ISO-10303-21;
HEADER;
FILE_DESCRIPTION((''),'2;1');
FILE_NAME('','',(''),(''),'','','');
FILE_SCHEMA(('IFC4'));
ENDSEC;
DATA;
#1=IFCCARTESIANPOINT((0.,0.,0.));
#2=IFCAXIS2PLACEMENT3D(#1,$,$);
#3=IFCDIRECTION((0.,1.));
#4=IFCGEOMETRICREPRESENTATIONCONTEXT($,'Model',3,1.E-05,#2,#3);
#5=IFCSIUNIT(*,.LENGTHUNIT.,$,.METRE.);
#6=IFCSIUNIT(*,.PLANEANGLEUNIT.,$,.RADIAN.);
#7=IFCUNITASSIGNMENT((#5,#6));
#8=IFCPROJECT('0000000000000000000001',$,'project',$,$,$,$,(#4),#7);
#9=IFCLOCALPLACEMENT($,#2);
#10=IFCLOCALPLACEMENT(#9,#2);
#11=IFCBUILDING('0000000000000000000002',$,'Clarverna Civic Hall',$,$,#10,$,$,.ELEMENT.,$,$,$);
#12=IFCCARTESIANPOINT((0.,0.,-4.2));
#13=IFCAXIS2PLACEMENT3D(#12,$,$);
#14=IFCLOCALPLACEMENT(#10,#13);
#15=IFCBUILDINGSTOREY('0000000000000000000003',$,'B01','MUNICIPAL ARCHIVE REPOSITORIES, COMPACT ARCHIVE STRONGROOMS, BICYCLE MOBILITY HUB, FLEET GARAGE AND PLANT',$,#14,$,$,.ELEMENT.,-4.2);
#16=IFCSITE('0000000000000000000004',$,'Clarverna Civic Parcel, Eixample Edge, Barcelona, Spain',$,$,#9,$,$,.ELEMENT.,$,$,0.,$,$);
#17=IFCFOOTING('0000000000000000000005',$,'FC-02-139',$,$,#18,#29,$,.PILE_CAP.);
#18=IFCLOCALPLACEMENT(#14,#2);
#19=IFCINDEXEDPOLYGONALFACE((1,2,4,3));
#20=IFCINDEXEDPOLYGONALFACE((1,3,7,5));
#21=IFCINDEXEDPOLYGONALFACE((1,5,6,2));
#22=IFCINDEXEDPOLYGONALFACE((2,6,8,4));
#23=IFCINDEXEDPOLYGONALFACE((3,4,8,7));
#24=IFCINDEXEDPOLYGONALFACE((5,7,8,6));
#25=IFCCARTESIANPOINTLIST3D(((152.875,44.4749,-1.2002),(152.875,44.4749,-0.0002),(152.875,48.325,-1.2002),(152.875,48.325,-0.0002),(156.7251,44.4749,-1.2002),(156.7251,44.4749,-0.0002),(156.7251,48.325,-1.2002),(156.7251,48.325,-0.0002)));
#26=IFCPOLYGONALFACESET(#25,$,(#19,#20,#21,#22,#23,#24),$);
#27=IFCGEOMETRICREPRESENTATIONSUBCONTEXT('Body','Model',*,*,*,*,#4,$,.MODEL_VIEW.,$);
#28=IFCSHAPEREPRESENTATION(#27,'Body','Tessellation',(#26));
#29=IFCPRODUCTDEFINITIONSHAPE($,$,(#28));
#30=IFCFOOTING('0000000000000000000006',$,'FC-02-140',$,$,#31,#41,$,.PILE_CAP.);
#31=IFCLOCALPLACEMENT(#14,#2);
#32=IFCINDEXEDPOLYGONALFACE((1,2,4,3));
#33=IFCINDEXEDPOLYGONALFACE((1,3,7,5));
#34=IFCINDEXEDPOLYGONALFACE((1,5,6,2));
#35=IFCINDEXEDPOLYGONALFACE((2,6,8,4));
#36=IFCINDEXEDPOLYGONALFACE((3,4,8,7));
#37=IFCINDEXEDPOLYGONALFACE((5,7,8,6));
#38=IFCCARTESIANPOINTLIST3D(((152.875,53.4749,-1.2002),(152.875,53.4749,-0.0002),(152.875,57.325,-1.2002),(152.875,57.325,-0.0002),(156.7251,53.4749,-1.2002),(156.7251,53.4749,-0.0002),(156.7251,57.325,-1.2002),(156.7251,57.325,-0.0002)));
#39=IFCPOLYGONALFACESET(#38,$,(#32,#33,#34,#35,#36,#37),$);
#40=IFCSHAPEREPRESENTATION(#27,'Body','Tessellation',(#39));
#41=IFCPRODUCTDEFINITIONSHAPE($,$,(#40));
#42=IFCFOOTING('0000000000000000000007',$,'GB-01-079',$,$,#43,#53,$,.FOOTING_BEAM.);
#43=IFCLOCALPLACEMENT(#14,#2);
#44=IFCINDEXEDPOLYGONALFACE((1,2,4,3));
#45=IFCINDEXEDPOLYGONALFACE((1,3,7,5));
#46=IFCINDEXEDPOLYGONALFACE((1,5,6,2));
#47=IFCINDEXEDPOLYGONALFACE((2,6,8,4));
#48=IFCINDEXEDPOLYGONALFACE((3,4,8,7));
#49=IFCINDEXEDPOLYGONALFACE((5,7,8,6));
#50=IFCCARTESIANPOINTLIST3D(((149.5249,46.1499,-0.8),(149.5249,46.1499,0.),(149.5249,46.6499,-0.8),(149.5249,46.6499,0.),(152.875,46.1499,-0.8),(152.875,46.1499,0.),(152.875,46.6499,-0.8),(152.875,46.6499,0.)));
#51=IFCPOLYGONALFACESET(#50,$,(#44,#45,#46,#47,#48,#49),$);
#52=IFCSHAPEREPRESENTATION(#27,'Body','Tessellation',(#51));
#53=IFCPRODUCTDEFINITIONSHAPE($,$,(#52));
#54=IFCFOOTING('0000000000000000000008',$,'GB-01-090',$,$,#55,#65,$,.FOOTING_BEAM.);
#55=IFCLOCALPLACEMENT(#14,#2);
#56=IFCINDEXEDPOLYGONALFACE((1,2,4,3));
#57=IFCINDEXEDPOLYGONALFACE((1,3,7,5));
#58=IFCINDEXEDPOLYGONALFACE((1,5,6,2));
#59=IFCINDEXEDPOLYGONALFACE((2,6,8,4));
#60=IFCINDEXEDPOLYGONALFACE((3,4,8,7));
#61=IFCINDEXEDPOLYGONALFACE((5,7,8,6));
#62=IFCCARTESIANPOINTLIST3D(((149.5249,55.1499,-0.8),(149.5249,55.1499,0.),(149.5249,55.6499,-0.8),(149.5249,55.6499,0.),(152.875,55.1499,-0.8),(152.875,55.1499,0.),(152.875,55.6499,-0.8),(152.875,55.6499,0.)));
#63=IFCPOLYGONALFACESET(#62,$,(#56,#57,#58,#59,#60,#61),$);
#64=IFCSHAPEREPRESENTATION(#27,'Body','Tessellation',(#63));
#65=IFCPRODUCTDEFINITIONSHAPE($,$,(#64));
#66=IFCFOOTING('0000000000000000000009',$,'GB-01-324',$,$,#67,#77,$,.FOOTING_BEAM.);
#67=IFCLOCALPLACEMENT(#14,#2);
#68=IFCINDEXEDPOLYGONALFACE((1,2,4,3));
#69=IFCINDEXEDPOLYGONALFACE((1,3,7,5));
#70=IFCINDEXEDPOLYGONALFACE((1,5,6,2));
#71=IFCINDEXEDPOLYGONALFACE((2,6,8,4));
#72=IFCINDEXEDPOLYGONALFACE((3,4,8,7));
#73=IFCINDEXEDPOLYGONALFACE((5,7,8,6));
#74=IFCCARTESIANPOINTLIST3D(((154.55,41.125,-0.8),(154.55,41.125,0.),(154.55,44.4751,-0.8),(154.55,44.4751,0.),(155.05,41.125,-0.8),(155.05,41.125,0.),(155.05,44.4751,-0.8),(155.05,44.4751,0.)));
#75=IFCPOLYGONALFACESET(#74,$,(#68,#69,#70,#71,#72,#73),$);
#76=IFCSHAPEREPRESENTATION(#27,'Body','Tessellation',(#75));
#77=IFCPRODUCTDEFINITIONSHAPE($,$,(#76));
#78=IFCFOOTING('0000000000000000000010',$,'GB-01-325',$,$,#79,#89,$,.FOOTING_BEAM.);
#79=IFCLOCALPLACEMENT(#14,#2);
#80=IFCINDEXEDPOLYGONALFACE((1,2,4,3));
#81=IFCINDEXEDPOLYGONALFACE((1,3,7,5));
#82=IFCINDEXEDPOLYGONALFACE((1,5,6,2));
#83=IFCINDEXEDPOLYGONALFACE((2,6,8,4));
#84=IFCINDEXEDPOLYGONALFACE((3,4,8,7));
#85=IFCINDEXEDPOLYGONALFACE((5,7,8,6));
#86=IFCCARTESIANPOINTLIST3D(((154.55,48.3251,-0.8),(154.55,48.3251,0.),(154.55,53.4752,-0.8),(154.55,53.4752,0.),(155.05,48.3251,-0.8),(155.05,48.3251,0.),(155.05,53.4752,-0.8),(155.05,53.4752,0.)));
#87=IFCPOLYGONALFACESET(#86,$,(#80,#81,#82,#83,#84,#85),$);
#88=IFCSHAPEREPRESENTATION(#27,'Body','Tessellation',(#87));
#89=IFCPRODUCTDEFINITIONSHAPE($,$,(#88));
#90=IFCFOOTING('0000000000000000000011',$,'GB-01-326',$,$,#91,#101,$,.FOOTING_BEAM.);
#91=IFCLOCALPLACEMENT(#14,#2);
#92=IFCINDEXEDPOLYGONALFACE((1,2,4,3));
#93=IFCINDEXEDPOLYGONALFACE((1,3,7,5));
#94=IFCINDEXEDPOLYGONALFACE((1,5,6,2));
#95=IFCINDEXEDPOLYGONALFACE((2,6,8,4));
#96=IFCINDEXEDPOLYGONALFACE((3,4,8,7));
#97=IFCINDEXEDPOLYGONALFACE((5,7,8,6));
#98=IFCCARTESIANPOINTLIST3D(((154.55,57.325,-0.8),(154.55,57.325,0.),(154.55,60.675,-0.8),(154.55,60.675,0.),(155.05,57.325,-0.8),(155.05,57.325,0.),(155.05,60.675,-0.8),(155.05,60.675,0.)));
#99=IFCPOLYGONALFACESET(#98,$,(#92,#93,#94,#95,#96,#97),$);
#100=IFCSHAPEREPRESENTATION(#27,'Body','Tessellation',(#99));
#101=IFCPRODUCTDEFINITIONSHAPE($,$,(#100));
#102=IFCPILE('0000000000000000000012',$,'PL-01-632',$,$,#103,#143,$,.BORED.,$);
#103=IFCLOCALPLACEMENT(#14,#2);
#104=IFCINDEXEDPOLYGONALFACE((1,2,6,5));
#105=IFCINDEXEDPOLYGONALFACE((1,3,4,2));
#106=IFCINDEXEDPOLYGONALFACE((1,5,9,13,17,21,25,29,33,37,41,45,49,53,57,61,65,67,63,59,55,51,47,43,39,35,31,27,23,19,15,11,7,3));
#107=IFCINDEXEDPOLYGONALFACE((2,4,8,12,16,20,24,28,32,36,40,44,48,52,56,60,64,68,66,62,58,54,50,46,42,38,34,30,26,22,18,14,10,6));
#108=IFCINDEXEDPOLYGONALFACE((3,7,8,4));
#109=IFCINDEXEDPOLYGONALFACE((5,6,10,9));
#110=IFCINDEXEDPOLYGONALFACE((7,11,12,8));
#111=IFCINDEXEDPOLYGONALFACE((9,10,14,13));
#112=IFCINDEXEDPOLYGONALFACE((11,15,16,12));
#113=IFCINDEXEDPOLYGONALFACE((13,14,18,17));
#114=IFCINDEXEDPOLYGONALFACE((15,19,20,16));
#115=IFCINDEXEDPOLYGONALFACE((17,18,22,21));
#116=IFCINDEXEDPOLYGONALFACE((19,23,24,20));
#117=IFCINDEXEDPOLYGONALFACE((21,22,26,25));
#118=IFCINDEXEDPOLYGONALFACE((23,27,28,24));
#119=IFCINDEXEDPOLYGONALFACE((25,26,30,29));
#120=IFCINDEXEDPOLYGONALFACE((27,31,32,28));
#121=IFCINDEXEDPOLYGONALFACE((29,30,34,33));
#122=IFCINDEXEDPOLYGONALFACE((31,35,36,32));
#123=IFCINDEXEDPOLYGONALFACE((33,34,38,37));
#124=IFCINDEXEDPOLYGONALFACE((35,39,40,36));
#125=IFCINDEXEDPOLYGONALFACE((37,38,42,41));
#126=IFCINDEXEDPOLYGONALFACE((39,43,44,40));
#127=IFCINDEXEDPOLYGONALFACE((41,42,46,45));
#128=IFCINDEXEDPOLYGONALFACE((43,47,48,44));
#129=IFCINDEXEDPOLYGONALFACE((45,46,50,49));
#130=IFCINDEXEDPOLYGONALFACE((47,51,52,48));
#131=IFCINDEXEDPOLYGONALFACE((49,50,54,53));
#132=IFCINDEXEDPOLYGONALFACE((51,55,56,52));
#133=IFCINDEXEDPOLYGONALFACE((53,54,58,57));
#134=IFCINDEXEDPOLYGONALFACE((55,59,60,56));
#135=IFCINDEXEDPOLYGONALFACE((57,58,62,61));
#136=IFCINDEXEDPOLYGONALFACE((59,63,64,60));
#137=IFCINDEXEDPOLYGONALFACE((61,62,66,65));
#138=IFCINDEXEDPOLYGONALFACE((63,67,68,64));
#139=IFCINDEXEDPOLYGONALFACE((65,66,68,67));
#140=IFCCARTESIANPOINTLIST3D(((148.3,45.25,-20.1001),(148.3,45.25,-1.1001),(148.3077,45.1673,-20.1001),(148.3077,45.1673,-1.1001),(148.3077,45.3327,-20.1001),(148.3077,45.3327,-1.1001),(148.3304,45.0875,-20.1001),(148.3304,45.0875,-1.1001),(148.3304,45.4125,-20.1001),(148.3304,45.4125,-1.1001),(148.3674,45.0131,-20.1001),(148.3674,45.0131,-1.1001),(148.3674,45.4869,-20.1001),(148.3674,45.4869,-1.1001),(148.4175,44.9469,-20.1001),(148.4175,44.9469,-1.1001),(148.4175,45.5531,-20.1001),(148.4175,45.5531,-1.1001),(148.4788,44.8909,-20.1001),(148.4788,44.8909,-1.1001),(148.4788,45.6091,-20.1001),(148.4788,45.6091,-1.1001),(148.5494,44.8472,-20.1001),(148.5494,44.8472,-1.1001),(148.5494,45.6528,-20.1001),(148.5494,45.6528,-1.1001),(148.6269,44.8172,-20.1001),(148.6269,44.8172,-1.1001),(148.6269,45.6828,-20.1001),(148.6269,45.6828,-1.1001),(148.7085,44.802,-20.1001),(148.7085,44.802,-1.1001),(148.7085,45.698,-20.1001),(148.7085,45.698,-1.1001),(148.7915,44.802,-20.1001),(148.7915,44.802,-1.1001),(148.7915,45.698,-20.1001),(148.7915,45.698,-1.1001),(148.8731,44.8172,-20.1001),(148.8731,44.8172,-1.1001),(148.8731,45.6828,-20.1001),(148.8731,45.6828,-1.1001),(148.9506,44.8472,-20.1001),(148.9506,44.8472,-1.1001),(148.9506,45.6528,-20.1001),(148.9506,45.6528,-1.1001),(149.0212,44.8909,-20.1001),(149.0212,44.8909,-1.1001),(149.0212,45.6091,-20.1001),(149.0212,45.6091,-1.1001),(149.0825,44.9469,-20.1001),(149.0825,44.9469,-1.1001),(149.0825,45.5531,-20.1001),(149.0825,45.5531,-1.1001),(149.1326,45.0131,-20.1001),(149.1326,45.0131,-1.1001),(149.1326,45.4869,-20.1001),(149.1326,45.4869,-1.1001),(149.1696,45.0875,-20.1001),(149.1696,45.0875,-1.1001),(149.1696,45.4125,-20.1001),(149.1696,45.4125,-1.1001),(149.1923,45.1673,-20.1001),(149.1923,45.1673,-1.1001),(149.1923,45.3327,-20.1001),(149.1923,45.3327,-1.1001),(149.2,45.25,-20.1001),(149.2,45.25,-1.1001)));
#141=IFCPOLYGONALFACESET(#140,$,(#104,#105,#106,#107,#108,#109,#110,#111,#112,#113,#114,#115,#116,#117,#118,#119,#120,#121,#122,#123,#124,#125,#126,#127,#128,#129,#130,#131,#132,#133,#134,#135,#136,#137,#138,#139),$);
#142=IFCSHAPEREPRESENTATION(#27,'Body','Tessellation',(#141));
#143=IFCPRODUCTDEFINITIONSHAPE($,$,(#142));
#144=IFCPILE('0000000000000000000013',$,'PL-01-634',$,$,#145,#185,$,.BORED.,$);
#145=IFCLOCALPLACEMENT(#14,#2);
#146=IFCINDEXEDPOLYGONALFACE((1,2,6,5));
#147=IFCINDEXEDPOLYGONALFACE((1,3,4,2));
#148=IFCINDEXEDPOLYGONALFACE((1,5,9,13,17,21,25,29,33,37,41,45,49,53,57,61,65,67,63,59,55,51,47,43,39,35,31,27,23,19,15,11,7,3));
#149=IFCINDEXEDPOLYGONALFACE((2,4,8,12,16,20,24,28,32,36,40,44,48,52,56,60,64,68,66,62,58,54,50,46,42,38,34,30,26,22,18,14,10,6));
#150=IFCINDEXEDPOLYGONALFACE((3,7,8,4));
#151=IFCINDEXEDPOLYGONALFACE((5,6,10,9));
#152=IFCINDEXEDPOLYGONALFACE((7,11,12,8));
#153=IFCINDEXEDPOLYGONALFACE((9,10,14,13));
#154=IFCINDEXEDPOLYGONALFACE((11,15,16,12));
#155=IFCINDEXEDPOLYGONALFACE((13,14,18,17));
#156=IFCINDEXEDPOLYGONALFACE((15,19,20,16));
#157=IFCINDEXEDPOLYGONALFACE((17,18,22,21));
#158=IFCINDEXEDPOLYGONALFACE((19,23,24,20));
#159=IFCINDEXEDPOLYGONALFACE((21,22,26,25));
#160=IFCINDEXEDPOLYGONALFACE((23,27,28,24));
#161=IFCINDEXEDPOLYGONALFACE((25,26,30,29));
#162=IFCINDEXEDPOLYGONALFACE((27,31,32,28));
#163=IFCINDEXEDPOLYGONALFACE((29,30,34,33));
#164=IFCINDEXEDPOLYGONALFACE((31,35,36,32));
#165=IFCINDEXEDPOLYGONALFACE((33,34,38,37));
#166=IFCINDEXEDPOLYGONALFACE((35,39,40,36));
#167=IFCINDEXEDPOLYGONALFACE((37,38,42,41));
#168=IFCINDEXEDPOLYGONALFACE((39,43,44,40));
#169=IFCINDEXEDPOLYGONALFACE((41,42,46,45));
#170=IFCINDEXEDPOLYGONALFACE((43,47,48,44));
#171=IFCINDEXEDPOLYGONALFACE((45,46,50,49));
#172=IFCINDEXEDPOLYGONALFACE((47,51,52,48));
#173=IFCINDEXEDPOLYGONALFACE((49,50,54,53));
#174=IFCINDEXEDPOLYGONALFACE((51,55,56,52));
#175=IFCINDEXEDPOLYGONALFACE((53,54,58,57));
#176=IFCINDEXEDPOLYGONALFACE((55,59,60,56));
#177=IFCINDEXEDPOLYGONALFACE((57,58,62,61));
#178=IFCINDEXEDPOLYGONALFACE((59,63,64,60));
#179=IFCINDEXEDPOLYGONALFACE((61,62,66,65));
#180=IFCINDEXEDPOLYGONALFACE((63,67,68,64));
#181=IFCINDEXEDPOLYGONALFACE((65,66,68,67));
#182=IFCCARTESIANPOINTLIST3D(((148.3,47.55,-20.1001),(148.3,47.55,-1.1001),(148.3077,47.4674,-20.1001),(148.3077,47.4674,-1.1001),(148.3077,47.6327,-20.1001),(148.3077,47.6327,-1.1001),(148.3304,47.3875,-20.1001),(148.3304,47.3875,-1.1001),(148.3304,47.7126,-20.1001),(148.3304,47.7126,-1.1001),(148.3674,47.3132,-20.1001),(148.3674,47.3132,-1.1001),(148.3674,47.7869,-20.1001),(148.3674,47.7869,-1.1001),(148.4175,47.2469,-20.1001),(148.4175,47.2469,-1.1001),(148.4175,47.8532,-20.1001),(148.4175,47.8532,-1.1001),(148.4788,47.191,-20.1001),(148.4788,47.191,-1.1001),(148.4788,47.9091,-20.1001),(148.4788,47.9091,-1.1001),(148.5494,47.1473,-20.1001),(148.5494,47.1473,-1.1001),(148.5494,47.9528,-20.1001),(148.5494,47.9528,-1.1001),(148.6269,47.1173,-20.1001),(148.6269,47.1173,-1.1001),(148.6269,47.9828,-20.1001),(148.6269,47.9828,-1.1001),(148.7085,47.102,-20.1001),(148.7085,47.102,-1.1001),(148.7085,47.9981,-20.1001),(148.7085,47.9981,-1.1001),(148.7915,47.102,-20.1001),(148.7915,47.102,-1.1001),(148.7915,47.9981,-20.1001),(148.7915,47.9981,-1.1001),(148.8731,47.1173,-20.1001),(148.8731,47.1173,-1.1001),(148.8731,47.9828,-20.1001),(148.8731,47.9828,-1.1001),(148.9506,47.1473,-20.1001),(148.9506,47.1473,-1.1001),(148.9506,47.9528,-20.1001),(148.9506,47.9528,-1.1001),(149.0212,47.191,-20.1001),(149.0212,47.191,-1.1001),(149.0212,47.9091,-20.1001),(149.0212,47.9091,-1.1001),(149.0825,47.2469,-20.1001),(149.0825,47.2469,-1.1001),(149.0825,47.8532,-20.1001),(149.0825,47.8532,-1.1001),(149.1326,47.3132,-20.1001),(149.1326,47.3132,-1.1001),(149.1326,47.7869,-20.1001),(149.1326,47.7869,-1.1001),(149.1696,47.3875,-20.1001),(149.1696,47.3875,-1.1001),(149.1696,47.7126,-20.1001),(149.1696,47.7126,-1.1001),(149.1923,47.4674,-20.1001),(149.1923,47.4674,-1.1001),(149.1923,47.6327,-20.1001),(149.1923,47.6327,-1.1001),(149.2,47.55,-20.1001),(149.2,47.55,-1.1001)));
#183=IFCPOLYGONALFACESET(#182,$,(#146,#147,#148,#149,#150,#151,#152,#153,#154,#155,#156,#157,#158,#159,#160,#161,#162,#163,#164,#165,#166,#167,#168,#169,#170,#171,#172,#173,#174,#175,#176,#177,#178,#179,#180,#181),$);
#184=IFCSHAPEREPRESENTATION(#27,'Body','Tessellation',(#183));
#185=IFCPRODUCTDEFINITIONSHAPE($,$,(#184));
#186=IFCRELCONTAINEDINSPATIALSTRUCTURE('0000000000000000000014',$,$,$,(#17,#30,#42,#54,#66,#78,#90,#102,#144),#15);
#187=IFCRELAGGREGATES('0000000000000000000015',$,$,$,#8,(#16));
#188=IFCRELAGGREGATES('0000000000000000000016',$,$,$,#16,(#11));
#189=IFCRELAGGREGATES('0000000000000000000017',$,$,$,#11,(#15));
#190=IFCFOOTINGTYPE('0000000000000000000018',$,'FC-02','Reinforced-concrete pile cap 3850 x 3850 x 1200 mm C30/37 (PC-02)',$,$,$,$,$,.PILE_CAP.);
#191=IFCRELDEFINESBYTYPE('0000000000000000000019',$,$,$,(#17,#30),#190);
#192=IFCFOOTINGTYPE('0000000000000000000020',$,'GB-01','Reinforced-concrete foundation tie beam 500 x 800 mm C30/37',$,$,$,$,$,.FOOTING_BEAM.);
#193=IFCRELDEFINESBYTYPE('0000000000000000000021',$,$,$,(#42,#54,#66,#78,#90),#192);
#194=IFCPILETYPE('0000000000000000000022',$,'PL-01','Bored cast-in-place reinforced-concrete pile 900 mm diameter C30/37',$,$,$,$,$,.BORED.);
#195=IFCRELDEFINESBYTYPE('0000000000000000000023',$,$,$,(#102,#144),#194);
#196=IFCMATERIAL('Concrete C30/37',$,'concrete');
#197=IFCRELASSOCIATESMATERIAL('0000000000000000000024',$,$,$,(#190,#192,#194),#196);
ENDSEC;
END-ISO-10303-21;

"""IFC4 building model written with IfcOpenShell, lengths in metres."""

from ifc_helpers import new_model, si_unit, direction, frame, frame_2d, origin, origin_2d, place, context, subcontext, project, spatial, rectangle, circle, extrude, material, material_profile, profile_set, type_object, element, save


model = new_model("IFC4")

# Units and contexts
model_context = context("Model", 3, precision=1e-05, world=origin(), true_north=direction((0.0, 1.0)))
body_context = subcontext(model_context, "Body", "Model", "MODEL_VIEW")
ifc_project = project(units=[si_unit("LENGTHUNIT", "METRE"), si_unit("PLANEANGLEUNIT", "RADIAN")], contexts=[model_context])

# Site, building, storey
site_placement = place(None, origin())
site = spatial("IfcSite", under=ifc_project, at=site_placement, Name="Clarverna Civic Parcel, Eixample Edge, Barcelona, Spain", CompositionType="ELEMENT", RefElevation=0.0)
building_placement = place(site_placement, origin())
building = spatial("IfcBuilding", under=site, at=building_placement, Name="Clarverna Civic Hall", CompositionType="ELEMENT")
storey_placement = place(building_placement, frame((0.0, 0.0, -4.2)))
storey = spatial("IfcBuildingStorey", under=building, at=storey_placement, Name="B01", Description="MUNICIPAL ARCHIVE REPOSITORIES, COMPACT ARCHIVE STRONGROOMS, BICYCLE MOBILITY HUB, FLEET GARAGE AND PLANT", CompositionType="ELEMENT", Elevation=-4.2)

# Footings
ifc_material_1 = material(Name="Concrete C30/37", Category="concrete")
footing_type_1 = type_object("IfcFootingType", Name="FC-02", Description="Reinforced-concrete pile cap 3850 x 3850 x 1200 mm C30/37 (PC-02)", PredefinedType="PILE_CAP", material=ifc_material_1)
for number, where, z_axis, x_axis, name in (
    (1, (154.8, 46.3999, -1.2002), (0.0, 0.0, 1.0), (1.0, 0.0, 0.0), "FC-02-139"),
    (2, (154.8, 55.3999, -1.2002), (0.0, 0.0, 1.0), (1.0, 0.0, 0.0), "FC-02-140"),
):
    element("IfcFooting", number, at=place(storey_placement, frame(where, z_axis=z_axis, x_axis=x_axis)), inside=storey, type_object=footing_type_1, Name=name, PredefinedType="PILE_CAP", context=body_context, shape_type="SweptSolid", body=[
        extrude(rectangle(XDim=3.8501, YDim=3.8501, at=origin_2d()), origin(), (0.0, 0.0, 1.0), 1.2),
    ])
footing_type_2 = type_object("IfcFootingType", Name="GB-01", Description="Reinforced-concrete foundation tie beam 500 x 800 mm C30/37", PredefinedType="FOOTING_BEAM", material=ifc_material_1)
for number, where, z_axis, x_axis, name in (
    (3, (149.5249, 46.3999, -0.8), (0.0, 0.0, 1.0), (1.0, 0.0, 0.0), "GB-01-079"),
    (4, (149.5249, 55.3999, -0.8), (0.0, 0.0, 1.0), (1.0, 0.0, 0.0), "GB-01-090"),
    (5, (154.8, 41.125, -0.8), (0.0, 0.0, 1.0), (0.0, 1.0, 0.0), "GB-01-324"),
):
    element("IfcFooting", number, at=place(storey_placement, frame(where, z_axis=z_axis, x_axis=x_axis)), inside=storey, type_object=footing_type_2, Name=name, PredefinedType="FOOTING_BEAM", context=body_context, shape_type="SweptSolid", body=[
        extrude(rectangle(XDim=3.3501, YDim=0.5, at=frame_2d((1.675, 0.0))), origin(), (0.0, 0.0, 1.0), 0.8),
    ])
footing_1_placement = place(storey_placement, frame((154.8, 48.325, -0.8), z_axis=(0.0, 0.0, 1.0), x_axis=(0.0, 1.0, 0.0)))
element("IfcFooting", 6, at=footing_1_placement, inside=storey, type_object=footing_type_2, Name="GB-01-325", PredefinedType="FOOTING_BEAM", context=body_context, shape_type="SweptSolid", body=[
    extrude(rectangle(XDim=5.1501, YDim=0.5, at=frame_2d((2.5752, 0.0))), origin(), (0.0, 0.0, 1.0), 0.8),
])
footing_2_placement = place(storey_placement, frame((154.8, 57.325, -0.8), z_axis=(0.0, 0.0, 1.0), x_axis=(0.0, 1.0, 0.0)))
element("IfcFooting", 7, at=footing_2_placement, inside=storey, type_object=footing_type_2, Name="GB-01-326", PredefinedType="FOOTING_BEAM", context=body_context, shape_type="SweptSolid", body=[
    extrude(rectangle(XDim=3.3501, YDim=0.5, at=frame_2d((1.675, 0.0))), origin(), (0.0, 0.0, 1.0), 0.8),
])

# Piles
ifc_material_profile_1 = material_profile(ifc_material_1, circle(Radius=0.45, at=origin_2d()), Name="BORED PILE D900")
ifc_profile_set_1 = profile_set([ifc_material_profile_1], Name="Concrete C30/37")
pile_type = type_object("IfcPileType", Name="PL-01", Description="Bored cast-in-place reinforced-concrete pile 900 mm diameter C30/37", PredefinedType="BORED", material=ifc_profile_set_1)
for number, where, z_axis, x_axis, name in (
    (8, (148.75, 45.25, -1.1001), (0.0, 0.0, -1.0), (1.0, 0.0, 0.0), "PL-01-632"),
    (9, (148.75, 47.55, -1.1001), (0.0, 0.0, -1.0), (1.0, 0.0, 0.0), "PL-01-634"),
):
    element("IfcPile", number, at=place(storey_placement, frame(where, z_axis=z_axis, x_axis=x_axis)), inside=storey, type_object=pile_type, Name=name, PredefinedType="BORED", context=body_context, shape_type="SweptSolid", body=[
        extrude(circle(Radius=0.45, at=origin_2d()), origin(), (0.0, 0.0, 1.0), 19.0),
    ])

save(model, "model.ifc")
